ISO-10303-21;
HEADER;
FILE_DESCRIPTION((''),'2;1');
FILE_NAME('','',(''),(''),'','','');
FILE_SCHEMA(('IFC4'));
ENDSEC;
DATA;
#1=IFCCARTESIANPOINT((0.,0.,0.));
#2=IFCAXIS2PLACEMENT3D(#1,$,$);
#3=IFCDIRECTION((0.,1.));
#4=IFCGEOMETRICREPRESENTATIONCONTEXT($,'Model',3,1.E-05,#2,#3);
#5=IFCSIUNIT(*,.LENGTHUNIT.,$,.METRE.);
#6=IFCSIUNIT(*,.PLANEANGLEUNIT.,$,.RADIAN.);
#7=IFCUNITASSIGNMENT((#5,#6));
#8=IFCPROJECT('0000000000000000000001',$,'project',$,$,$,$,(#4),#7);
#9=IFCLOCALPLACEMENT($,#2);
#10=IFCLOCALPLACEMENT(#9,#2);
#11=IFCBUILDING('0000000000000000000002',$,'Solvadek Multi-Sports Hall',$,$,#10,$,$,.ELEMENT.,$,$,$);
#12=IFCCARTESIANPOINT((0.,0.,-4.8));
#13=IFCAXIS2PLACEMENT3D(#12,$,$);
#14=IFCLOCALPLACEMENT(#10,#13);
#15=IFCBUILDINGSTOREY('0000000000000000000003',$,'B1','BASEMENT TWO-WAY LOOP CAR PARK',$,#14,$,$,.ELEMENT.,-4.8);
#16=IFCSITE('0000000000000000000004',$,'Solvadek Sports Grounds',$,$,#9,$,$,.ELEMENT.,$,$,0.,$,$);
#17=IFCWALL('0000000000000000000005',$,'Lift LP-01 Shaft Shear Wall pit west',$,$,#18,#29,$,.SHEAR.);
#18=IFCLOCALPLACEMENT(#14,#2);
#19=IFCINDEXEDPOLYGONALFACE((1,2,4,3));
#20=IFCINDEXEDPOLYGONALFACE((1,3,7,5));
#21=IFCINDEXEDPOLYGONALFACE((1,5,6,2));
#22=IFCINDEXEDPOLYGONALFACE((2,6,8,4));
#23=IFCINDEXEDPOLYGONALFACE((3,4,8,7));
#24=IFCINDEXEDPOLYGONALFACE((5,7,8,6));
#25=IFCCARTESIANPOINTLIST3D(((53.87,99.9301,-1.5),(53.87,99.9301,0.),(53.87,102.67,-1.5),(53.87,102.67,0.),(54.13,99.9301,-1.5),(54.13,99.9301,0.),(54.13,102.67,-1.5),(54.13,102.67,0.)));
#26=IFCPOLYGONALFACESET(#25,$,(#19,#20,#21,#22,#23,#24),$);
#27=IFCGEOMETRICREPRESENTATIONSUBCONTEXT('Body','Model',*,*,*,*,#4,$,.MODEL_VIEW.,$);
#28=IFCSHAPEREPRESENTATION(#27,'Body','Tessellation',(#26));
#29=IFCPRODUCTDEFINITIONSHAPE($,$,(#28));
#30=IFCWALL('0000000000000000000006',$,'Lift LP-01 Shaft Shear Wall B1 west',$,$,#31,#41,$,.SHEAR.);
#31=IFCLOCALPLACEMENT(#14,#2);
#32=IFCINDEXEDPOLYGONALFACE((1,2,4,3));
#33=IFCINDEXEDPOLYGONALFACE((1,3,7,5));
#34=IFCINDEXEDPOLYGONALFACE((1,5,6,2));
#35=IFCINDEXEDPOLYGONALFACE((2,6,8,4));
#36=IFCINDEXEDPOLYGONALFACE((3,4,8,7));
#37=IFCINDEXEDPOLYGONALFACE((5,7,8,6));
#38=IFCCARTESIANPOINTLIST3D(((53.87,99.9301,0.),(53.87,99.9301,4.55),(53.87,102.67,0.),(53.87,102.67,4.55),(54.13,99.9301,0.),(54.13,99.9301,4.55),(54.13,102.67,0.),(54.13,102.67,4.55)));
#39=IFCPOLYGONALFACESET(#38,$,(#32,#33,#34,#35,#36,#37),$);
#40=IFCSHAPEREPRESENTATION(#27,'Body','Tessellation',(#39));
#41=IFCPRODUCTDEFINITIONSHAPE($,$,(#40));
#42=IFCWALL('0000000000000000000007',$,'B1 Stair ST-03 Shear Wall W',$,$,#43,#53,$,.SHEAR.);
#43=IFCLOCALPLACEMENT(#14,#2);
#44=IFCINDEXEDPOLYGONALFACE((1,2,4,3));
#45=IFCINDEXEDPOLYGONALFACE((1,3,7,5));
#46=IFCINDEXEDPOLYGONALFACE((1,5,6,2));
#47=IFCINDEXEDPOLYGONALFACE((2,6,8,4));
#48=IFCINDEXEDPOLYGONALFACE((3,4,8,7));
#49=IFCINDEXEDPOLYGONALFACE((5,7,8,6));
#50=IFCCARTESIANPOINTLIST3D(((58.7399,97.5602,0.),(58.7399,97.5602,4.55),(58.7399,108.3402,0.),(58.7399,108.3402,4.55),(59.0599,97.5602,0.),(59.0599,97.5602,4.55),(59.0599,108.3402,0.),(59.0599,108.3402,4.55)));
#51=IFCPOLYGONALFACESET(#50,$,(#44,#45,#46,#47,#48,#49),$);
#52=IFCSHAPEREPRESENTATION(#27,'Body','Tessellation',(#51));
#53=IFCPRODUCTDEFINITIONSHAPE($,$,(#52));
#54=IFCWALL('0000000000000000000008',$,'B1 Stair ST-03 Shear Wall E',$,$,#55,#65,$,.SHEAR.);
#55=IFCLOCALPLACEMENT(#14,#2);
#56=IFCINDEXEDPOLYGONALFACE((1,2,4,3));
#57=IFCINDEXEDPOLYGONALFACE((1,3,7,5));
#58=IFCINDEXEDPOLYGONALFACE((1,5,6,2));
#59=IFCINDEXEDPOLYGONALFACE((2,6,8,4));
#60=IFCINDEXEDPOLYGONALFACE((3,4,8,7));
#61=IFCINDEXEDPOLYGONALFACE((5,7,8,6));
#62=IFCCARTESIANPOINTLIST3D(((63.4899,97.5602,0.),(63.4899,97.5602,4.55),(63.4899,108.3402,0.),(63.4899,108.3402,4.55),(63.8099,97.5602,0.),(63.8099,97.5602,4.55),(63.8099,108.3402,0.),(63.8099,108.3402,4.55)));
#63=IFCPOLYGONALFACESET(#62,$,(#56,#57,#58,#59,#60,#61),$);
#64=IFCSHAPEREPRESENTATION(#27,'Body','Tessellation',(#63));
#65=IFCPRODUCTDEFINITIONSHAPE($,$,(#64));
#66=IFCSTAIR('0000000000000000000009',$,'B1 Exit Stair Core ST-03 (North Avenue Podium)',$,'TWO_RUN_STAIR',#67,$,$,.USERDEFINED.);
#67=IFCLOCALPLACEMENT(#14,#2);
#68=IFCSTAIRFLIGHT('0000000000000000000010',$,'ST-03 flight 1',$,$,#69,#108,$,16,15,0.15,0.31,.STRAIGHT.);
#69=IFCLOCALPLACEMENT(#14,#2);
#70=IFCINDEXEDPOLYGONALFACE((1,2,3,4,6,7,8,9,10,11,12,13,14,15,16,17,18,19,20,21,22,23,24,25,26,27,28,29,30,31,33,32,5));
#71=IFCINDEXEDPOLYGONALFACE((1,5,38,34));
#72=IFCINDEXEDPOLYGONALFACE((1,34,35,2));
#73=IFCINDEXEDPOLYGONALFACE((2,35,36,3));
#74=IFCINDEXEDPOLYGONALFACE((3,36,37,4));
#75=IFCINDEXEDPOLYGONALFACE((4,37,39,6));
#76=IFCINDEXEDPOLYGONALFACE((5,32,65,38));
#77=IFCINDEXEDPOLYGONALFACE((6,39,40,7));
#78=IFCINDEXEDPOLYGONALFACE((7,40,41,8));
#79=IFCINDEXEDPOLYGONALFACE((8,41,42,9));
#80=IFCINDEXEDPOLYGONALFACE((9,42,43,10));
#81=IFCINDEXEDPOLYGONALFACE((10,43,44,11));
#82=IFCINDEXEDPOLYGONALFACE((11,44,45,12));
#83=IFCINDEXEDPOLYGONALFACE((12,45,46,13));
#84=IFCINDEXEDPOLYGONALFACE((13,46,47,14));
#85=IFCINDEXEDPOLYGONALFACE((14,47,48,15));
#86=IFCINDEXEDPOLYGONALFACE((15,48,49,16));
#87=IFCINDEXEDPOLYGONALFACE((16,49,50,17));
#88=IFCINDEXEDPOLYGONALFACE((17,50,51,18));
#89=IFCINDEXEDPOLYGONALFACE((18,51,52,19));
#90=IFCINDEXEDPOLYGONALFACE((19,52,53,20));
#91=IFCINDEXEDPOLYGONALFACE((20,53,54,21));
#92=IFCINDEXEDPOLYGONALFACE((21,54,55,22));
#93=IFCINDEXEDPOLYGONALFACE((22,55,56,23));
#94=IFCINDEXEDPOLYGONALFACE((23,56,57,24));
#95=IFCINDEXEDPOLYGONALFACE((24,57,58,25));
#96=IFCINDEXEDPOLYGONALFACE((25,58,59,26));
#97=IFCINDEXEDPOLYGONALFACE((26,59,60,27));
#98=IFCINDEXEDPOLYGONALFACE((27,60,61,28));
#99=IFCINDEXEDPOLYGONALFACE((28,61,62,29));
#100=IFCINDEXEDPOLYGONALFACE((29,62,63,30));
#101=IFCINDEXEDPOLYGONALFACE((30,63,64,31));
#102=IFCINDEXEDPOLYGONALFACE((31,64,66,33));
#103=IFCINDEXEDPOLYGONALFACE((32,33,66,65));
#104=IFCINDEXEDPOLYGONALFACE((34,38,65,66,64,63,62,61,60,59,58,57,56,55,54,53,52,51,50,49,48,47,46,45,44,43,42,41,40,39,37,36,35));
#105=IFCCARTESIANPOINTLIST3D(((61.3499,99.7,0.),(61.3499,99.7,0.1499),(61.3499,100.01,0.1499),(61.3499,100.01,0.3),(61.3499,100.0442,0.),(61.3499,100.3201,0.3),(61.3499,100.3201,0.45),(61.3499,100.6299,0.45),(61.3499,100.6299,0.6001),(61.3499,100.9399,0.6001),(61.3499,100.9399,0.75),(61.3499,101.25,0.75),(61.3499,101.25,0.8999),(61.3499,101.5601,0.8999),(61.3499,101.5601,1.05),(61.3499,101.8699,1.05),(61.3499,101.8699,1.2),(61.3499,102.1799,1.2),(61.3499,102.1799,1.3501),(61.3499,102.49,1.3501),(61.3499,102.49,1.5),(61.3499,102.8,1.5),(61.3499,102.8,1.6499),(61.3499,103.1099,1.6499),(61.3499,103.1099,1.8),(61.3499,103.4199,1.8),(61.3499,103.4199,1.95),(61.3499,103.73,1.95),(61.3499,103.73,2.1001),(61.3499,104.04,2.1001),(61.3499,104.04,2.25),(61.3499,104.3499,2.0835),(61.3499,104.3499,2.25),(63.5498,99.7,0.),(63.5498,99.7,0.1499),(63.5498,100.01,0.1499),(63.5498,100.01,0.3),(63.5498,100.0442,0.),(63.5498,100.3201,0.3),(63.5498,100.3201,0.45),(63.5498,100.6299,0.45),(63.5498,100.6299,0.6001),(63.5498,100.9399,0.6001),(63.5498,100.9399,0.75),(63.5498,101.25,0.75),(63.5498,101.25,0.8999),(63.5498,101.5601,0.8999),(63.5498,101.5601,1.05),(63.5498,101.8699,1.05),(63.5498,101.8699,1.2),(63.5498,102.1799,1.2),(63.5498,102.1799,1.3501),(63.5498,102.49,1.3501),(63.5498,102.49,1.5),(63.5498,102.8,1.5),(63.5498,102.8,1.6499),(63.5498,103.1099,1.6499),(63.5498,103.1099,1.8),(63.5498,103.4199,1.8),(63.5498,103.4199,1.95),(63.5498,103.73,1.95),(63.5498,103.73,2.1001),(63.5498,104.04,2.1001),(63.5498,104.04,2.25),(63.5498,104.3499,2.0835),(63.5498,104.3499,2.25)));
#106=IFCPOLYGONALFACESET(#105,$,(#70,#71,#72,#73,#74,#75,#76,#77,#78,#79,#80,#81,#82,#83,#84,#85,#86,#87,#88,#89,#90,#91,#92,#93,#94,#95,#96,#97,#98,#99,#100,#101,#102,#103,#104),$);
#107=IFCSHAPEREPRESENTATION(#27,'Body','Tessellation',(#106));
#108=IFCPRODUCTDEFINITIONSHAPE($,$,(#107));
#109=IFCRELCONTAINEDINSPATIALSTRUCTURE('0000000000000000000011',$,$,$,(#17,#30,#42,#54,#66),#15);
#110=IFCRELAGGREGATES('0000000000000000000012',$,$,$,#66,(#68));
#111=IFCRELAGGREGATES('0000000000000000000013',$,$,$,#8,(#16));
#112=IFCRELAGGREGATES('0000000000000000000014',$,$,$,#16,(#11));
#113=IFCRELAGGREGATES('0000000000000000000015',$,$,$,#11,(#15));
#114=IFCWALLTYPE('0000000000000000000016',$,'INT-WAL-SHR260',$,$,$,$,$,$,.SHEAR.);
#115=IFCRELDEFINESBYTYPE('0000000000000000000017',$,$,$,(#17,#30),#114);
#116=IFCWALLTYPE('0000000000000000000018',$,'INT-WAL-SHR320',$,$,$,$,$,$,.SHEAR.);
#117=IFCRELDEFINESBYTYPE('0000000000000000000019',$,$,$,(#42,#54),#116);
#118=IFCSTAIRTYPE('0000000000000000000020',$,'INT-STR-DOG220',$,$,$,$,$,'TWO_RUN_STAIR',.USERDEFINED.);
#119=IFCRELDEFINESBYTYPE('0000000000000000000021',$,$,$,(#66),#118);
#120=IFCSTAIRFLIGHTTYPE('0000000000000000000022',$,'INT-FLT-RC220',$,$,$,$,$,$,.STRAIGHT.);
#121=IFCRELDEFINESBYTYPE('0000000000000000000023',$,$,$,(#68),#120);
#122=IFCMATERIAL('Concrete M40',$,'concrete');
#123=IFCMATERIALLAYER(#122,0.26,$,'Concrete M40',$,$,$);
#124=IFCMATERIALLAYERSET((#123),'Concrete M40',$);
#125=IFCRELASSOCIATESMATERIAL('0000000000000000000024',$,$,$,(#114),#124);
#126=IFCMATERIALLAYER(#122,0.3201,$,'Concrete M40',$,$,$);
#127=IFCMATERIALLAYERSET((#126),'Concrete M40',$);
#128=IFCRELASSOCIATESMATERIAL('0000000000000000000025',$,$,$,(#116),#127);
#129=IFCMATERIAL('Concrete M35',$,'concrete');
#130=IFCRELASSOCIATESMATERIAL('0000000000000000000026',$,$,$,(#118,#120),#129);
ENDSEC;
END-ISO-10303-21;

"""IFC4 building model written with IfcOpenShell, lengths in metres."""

from ifc_helpers import new_model, si_unit, direction, frame, frame_2d, origin, place, context, subcontext, project, spatial, polyline, rectangle, outline, extrude, material, layer, layer_set, type_object, element, aggregate, save


model = new_model("IFC4")

# Units and contexts
model_context = context("Model", 3, precision=1e-05, world=origin(), true_north=direction((0.0, 1.0)))
body_context = subcontext(model_context, "Body", "Model", "MODEL_VIEW")
ifc_project = project(units=[si_unit("LENGTHUNIT", "METRE"), si_unit("PLANEANGLEUNIT", "RADIAN")], contexts=[model_context])

# Site, building, storey
site_placement = place(None, origin())
site = spatial("IfcSite", under=ifc_project, at=site_placement, Name="Solvadek Sports Grounds", CompositionType="ELEMENT", RefElevation=0.0)
building_placement = place(site_placement, origin())
building = spatial("IfcBuilding", under=site, at=building_placement, Name="Solvadek Multi-Sports Hall", CompositionType="ELEMENT")
storey_placement = place(building_placement, frame((0.0, 0.0, -4.8)))
storey = spatial("IfcBuildingStorey", under=building, at=storey_placement, Name="B1", Description="BASEMENT TWO-WAY LOOP CAR PARK", CompositionType="ELEMENT", Elevation=-4.8)

# Shared definitions
ifc_material_1 = material(Name="Concrete M40", Category="concrete")

# Shared definitions
ifc_material_2 = material(Name="Concrete M35", Category="concrete")

# Wall
ifc_layer_1 = layer(ifc_material_1, 0.26, Name="Concrete M40")
ifc_layer_set_1 = layer_set([ifc_layer_1], Name="Concrete M40")
wall_type_1 = type_object("IfcWallType", Name="INT-WAL-SHR260", PredefinedType="SHEAR", material=ifc_layer_set_1)
wall_1_placement = place(storey_placement, frame((54.0, 99.9299, -1.5), z_axis=(0.0, 0.0, 1.0), x_axis=(0.0, 1.0, 0.0)))
element("IfcWall", 1, at=wall_1_placement, inside=storey, type_object=wall_type_1, Name="Lift LP-01 Shaft Shear Wall pit west", PredefinedType="SHEAR", context=body_context, shape_type="SweptSolid", body=[
    extrude(rectangle(XDim=2.74, YDim=0.26, at=frame_2d((1.3701, 0.0))), origin(), (0.0, 0.0, 1.0), 1.5),
])

# Wall
wall_2_placement = place(storey_placement, frame((54.0, 99.9299, 0.0), z_axis=(0.0, 0.0, 1.0), x_axis=(0.0, 1.0, 0.0)))
element("IfcWall", 2, at=wall_2_placement, inside=storey, type_object=wall_type_1, Name="Lift LP-01 Shaft Shear Wall B1 west", PredefinedType="SHEAR", context=body_context, shape_type="SweptSolid", body=[
    extrude(rectangle(XDim=2.74, YDim=0.26, at=frame_2d((1.3701, 0.0))), origin(), (0.0, 0.0, 1.0), 4.55),
])

# Shared definitions
ifc_layer_2 = layer(ifc_material_1, 0.3201, Name="Concrete M40")
ifc_layer_set_2 = layer_set([ifc_layer_2], Name="Concrete M40")
wall_type_2 = type_object("IfcWallType", Name="INT-WAL-SHR320", PredefinedType="SHEAR", material=ifc_layer_set_2)

# Walls
for number, where, z_axis, x_axis, name in (
    (3, (58.8999, 97.5601, 0.0), (0.0, 0.0, 1.0), (0.0, 1.0, 0.0), "B1 Stair ST-03 Shear Wall W"),
    (4, (63.6499, 97.5601, 0.0), (0.0, 0.0, 1.0), (0.0, 1.0, 0.0), "B1 Stair ST-03 Shear Wall E"),
):
    element("IfcWall", number, at=place(storey_placement, frame(where, z_axis=z_axis, x_axis=x_axis)), inside=storey, type_object=wall_type_2, Name=name, PredefinedType="SHEAR", context=body_context, shape_type="SweptSolid", body=[
        extrude(rectangle(XDim=10.78, YDim=0.3201, at=frame_2d((5.3901, 0.0))), origin(), (0.0, 0.0, 1.0), 4.55),
    ])

# Stair, stair flight
stair_type = type_object("IfcStairType", Name="INT-STR-DOG220", ElementType="TWO_RUN_STAIR", PredefinedType="USERDEFINED", material=ifc_material_2)
stair_placement = place(storey_placement, origin())
stair = element("IfcStair", 5, at=stair_placement, inside=storey, type_object=stair_type, Name="B1 Exit Stair Core ST-03 (North Avenue Podium)", ObjectType="TWO_RUN_STAIR", PredefinedType="USERDEFINED")
stair_flight_type = type_object("IfcStairFlightType", Name="INT-FLT-RC220", PredefinedType="STRAIGHT", material=ifc_material_2)
stair_flight_placement = place(storey_placement, frame((62.45, 99.7, 0.0), z_axis=(0.0, 0.0, 1.0), x_axis=(0.0, 1.0, 0.0)))
stair_flight = element("IfcStairFlight", 6, at=stair_flight_placement, type_object=stair_flight_type, Name="ST-03 flight 1", NumberOfRisers=16, NumberOfTreads=15, PredefinedType="STRAIGHT", RiserHeight=0.15, TreadLength=0.31, context=body_context, shape_type="SweptSolid", body=[
    extrude(outline(polyline([(0.0, 0.0), (0.0, 0.1499), (0.3101, 0.1499), (0.3101, 0.3), (0.6201, 0.3), (0.6201, 0.45), (0.9299, 0.45), (0.9299, 0.6001), (1.24, 0.6001), (1.24, 0.75), (1.55, 0.75), (1.55, 0.8999), (1.8601, 0.8999), (1.8601, 1.05), (2.1699, 1.05), (2.1699, 1.2), (2.48, 1.2), (2.48, 1.3501), (2.79, 1.3501), (2.79, 1.5), (3.1001, 1.5), (3.1001, 1.6499), (3.4099, 1.6499), (3.4099, 1.8), (3.72, 1.8), (3.72, 1.95), (4.03, 1.95), (4.03, 2.1001), (4.3401, 2.1001), (4.3401, 2.25), (4.6499, 2.25), (4.6499, 2.3999), (4.6499, 2.0835), (0.3442, 0.0), (0.0, 0.0)])), frame((0.0, 1.1001, 0.0), z_axis=(0.0, -1.0, 0.0), x_axis=(1.0, 0.0, 0.0)), (0.0, 0.0, 1.0), 2.2),
])
aggregate(stair, [stair_flight])

save(model, "model.ifc")
